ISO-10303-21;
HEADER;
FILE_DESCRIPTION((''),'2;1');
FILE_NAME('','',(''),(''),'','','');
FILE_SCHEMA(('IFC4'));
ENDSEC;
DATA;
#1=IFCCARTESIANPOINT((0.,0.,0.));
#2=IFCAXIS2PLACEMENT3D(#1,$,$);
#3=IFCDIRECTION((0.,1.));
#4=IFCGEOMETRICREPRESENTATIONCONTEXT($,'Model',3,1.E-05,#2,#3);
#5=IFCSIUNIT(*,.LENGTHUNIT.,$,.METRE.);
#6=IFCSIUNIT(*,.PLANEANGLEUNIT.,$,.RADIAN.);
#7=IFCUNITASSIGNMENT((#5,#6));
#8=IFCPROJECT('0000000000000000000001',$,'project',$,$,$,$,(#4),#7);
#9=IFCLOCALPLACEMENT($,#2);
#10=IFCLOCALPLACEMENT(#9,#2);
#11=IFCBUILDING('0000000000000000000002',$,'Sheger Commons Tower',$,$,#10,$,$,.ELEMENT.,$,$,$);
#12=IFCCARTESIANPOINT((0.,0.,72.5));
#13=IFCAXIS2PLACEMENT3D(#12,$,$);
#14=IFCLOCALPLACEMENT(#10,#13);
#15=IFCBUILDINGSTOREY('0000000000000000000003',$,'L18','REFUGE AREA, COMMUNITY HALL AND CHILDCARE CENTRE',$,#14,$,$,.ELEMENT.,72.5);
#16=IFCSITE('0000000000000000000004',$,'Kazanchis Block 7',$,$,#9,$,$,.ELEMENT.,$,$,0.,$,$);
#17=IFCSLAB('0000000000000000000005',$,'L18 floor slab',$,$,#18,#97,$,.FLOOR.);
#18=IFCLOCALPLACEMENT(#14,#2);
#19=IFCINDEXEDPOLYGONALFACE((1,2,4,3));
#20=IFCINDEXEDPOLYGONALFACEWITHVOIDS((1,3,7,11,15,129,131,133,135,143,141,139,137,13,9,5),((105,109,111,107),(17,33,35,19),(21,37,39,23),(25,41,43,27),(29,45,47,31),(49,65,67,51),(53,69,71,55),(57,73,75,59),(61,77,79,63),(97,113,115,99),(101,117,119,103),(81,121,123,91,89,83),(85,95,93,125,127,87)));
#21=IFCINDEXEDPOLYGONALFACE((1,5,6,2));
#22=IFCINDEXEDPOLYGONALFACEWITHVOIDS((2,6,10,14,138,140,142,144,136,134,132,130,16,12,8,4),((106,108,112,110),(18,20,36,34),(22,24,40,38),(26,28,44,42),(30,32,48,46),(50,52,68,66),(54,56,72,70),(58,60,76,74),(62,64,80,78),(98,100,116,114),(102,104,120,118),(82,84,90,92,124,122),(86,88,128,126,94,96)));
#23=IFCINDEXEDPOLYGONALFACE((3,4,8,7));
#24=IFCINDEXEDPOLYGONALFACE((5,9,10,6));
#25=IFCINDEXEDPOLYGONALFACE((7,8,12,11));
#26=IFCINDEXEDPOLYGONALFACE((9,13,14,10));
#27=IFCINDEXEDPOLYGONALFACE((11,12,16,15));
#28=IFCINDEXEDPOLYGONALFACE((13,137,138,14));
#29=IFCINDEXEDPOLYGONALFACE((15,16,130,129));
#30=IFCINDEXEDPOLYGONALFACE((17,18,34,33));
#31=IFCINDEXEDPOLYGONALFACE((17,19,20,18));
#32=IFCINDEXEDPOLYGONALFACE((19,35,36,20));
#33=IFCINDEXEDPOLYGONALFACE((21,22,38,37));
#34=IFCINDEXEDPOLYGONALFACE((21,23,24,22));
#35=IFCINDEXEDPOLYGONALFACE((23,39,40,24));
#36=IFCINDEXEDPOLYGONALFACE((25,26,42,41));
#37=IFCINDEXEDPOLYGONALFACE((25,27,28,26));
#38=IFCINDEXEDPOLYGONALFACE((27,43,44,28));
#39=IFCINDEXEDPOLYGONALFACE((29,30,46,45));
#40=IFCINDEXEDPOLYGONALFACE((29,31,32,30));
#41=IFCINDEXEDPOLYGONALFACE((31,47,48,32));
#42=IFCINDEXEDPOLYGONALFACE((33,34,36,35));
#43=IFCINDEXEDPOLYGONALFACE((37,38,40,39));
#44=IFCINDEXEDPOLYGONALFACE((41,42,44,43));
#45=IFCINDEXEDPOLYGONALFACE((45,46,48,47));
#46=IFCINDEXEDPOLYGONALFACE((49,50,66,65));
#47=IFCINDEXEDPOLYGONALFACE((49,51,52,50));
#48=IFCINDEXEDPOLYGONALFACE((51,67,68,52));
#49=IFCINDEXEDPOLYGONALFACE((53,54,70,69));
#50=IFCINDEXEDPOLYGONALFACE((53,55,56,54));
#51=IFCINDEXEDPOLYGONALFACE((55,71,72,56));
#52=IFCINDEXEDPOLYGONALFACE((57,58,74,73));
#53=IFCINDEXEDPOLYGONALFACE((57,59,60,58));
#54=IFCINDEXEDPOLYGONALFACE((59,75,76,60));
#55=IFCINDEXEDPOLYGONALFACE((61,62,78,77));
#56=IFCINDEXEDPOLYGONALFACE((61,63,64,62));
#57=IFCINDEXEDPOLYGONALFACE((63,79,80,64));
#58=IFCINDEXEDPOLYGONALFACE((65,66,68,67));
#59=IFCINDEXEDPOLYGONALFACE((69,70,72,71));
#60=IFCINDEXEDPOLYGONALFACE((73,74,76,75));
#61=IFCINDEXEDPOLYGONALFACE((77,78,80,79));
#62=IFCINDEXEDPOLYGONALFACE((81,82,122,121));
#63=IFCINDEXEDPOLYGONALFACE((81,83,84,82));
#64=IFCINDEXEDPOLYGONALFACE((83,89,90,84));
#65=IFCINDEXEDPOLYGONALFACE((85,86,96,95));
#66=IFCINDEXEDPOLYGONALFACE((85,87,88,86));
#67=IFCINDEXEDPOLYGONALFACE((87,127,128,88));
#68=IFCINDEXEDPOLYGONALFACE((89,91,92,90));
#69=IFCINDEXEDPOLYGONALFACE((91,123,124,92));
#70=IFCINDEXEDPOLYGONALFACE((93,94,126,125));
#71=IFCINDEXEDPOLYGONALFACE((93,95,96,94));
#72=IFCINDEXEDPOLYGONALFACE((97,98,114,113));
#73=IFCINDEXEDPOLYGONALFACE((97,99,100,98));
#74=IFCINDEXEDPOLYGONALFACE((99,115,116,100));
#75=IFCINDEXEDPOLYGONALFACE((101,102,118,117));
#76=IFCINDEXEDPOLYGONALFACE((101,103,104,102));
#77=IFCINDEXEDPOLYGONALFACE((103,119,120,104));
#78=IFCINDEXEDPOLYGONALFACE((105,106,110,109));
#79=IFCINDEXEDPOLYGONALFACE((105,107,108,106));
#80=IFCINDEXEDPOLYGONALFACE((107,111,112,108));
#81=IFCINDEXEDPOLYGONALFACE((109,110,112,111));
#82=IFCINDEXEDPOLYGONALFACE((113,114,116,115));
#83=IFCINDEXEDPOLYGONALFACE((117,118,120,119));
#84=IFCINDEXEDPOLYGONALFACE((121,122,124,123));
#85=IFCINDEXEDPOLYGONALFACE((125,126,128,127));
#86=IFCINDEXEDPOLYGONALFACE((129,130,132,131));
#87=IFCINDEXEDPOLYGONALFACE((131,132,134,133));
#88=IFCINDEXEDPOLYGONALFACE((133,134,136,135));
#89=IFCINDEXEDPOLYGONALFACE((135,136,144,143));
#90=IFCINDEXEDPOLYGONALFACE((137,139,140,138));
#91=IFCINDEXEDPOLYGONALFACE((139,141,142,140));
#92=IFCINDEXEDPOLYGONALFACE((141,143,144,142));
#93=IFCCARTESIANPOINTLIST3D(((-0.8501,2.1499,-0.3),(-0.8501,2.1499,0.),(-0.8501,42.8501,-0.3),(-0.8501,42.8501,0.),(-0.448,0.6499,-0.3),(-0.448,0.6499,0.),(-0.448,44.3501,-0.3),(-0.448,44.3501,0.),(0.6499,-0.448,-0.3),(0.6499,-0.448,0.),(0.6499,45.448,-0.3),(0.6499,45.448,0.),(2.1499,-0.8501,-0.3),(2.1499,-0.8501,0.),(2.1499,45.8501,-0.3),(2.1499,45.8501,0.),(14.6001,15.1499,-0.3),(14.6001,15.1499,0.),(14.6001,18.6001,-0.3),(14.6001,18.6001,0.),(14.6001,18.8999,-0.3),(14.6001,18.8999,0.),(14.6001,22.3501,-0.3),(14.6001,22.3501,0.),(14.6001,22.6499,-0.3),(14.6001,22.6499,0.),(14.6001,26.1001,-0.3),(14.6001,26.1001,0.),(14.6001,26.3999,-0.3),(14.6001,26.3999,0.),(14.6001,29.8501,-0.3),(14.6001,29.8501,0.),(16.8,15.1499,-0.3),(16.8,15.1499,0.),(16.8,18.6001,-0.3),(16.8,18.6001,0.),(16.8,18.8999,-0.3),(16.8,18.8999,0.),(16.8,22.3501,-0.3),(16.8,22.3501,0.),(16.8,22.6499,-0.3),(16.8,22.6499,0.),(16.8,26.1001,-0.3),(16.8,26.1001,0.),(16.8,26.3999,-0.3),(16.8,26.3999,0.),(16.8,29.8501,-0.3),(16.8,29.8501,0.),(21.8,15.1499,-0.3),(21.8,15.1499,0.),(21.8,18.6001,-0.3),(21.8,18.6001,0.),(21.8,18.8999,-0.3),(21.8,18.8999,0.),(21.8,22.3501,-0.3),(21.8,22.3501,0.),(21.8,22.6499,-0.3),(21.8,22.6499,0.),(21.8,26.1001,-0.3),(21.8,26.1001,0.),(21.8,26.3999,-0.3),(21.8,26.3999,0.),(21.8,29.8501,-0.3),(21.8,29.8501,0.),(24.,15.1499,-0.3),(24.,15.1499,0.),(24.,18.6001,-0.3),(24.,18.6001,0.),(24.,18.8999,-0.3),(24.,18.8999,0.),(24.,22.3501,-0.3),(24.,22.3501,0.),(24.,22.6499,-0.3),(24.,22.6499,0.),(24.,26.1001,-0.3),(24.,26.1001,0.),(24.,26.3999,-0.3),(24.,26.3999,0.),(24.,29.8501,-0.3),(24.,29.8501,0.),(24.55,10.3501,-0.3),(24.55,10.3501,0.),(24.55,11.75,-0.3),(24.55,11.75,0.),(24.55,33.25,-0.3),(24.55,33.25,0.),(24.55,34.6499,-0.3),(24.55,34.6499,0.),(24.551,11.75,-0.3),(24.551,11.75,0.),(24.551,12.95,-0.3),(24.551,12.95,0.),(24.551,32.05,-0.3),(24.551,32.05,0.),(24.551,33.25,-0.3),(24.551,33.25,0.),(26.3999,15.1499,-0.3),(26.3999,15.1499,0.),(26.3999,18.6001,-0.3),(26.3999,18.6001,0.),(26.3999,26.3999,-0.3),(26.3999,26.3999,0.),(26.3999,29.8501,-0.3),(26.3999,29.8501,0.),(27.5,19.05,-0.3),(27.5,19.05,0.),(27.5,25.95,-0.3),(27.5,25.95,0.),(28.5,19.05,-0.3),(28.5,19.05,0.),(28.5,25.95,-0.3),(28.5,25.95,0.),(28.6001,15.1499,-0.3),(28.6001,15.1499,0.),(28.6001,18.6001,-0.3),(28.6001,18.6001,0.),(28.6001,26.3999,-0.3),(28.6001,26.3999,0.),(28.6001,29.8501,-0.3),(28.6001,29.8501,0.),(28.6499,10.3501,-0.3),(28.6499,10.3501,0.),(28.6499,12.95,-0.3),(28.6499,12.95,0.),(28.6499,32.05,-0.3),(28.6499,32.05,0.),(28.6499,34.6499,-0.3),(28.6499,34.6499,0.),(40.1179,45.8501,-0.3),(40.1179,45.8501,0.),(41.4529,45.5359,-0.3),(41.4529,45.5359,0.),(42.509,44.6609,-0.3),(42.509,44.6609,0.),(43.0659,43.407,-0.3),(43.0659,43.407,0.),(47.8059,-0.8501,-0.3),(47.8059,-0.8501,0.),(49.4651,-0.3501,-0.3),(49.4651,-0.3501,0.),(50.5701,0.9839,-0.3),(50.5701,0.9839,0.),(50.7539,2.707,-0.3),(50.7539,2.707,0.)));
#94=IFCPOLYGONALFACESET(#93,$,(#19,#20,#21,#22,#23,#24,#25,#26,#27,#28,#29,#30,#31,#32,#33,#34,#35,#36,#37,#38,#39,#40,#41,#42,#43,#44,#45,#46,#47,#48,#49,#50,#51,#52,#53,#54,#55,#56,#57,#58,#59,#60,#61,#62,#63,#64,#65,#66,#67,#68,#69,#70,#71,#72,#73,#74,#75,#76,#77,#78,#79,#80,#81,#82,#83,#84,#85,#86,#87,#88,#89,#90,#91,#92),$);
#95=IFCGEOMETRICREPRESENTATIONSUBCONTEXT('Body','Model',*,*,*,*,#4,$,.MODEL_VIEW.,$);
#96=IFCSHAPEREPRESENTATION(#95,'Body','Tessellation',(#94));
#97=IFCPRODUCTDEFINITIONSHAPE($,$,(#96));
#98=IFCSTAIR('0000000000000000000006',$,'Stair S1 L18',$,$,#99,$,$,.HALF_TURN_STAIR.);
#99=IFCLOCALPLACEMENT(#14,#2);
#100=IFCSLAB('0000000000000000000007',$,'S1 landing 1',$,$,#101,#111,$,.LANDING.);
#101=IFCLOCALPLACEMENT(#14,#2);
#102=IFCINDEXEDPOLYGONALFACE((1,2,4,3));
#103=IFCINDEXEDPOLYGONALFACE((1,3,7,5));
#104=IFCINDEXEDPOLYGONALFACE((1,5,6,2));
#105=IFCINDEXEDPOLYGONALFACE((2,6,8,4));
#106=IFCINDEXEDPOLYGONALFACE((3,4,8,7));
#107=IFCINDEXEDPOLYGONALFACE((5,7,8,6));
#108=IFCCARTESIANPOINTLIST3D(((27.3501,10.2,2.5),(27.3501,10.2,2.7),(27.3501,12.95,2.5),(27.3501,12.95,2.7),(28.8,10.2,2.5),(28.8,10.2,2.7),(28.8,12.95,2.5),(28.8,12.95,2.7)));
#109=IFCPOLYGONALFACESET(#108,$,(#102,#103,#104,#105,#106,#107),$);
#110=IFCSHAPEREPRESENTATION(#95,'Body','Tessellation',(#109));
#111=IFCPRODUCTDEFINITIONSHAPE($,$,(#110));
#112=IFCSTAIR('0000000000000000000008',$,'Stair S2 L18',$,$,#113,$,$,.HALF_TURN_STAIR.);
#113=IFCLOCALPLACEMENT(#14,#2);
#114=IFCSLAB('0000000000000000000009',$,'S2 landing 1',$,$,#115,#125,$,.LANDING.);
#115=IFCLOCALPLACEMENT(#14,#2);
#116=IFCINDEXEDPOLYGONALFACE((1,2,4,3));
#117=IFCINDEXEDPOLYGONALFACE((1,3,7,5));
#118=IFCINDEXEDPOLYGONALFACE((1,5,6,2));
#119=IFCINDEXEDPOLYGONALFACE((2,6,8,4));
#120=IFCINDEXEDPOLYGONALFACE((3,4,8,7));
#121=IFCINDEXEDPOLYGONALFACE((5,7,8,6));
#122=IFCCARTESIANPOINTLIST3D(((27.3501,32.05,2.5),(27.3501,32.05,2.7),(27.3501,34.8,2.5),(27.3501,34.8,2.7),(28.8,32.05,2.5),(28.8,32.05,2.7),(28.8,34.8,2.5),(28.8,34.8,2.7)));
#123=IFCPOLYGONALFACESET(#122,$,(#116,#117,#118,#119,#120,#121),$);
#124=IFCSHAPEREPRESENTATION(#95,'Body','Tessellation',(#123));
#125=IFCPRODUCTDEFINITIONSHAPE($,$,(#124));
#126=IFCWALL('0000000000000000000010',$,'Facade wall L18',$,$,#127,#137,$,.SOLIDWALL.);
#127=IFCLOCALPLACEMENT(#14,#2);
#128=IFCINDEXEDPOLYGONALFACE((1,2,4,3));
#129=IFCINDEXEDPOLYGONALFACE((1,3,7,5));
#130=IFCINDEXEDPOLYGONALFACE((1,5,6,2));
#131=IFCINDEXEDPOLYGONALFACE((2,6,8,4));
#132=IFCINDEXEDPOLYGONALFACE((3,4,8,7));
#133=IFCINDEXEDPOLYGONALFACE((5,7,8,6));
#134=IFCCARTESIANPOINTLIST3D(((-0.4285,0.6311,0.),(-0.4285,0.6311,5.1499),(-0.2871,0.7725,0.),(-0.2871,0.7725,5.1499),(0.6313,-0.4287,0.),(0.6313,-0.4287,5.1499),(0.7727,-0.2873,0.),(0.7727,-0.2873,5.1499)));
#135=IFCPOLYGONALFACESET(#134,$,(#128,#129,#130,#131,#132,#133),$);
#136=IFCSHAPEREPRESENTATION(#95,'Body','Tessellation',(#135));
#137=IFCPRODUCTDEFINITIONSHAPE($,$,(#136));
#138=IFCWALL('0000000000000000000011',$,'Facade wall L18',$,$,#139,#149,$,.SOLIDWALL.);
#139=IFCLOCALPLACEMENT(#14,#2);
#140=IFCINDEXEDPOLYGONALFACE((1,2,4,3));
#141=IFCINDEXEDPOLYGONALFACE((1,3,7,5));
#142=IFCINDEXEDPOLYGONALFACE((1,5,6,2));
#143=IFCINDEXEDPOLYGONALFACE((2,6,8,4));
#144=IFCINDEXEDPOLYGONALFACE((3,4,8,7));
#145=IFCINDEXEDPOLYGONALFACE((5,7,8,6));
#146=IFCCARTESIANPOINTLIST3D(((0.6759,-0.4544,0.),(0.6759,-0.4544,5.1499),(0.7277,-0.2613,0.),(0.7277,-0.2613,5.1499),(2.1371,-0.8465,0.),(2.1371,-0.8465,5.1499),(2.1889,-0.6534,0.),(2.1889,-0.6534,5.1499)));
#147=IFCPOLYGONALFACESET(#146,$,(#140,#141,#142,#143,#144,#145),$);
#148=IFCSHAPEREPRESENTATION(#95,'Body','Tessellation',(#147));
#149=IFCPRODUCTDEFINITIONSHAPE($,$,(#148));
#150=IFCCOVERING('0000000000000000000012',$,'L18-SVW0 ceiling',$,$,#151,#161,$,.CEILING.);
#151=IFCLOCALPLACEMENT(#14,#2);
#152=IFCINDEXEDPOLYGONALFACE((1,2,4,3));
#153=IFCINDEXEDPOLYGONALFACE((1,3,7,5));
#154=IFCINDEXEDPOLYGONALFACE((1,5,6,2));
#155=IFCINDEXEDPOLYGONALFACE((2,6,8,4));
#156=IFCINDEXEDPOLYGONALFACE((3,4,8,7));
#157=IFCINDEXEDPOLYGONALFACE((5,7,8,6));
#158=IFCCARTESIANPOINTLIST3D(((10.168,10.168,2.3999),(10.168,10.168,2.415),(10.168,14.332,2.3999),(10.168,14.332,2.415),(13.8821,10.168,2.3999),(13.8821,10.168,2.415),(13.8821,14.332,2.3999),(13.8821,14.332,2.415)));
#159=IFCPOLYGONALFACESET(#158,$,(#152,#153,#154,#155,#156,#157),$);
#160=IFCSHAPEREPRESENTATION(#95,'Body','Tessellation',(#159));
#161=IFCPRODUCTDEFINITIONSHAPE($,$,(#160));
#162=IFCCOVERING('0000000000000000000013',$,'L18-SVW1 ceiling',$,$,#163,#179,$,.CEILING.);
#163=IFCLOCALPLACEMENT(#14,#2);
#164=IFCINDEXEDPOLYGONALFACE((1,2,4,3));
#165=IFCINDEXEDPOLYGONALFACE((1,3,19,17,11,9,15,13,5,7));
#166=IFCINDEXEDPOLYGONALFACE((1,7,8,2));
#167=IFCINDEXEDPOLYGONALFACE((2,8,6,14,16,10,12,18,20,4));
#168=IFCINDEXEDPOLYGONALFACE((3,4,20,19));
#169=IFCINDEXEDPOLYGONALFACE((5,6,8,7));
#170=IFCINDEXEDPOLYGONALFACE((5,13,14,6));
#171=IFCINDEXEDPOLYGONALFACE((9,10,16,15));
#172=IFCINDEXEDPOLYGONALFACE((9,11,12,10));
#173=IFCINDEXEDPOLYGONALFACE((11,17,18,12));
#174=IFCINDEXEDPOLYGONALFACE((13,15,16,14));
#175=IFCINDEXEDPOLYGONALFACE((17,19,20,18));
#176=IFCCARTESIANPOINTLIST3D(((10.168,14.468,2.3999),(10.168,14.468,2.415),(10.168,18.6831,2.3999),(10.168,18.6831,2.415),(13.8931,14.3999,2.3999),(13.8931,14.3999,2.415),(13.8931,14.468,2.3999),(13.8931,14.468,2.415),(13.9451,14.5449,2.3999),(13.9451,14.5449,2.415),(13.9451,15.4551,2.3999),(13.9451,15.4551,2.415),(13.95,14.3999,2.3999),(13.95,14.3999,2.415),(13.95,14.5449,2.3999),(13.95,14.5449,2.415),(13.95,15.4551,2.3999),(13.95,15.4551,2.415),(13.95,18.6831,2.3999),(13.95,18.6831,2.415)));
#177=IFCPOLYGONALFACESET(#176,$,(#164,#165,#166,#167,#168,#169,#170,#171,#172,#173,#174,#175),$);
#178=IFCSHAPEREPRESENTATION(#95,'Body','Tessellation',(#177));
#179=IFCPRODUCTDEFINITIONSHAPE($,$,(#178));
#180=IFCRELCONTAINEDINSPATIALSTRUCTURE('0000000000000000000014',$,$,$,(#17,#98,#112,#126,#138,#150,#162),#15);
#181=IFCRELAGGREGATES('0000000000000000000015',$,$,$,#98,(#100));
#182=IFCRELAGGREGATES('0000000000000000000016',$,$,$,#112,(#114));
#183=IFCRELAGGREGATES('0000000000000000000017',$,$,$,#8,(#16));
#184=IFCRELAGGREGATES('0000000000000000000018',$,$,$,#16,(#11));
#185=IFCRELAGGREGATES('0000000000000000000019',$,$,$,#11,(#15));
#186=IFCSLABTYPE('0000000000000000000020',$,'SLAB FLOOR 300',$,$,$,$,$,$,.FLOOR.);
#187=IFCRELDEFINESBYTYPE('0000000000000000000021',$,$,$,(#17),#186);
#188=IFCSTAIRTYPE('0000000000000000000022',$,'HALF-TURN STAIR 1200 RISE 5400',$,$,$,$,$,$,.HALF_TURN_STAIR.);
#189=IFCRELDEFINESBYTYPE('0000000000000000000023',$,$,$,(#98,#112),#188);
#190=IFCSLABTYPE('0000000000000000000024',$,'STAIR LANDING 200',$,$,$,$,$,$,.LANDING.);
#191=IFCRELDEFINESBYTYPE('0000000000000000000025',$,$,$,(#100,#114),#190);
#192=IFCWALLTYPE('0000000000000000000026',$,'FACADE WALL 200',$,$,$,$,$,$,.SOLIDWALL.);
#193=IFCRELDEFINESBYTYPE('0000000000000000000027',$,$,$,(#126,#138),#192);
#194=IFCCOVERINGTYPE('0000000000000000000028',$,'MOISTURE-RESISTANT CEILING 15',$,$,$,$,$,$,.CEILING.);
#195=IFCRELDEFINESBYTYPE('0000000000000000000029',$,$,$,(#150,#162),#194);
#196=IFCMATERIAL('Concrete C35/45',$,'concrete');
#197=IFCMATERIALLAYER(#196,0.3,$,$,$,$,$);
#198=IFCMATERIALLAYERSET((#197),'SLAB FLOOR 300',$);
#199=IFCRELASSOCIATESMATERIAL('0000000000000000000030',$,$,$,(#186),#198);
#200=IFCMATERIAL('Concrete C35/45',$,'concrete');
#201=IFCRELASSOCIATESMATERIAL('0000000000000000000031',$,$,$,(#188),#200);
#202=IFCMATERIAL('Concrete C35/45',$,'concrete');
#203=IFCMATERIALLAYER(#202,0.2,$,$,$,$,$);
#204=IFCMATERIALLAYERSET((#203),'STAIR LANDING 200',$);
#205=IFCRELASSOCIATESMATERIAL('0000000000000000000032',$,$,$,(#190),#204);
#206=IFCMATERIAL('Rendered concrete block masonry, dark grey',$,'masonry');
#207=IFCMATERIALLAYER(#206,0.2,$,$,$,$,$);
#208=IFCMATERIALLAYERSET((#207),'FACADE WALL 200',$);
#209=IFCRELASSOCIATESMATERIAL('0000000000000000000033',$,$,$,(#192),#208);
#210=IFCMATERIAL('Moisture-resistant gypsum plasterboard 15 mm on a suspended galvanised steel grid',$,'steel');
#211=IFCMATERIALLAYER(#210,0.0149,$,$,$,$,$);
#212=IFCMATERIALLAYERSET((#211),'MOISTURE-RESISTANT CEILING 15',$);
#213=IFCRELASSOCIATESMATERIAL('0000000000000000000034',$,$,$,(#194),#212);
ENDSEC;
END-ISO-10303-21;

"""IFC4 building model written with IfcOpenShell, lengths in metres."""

from ifc_helpers import new_model, si_unit, direction, frame, frame_2d, origin, place, context, subcontext, project, spatial, polyline, rectangle, outline, extrude, material, layer, layer_set, type_object, element, aggregate, save


model = new_model("IFC4")

# Units and contexts
model_context = context("Model", 3, precision=1e-05, world=origin(), true_north=direction((0.0, 1.0)))
body_context = subcontext(model_context, "Body", "Model", "MODEL_VIEW")
ifc_project = project(units=[si_unit("LENGTHUNIT", "METRE"), si_unit("PLANEANGLEUNIT", "RADIAN")], contexts=[model_context])

# Site, building, storey
site_placement = place(None, origin())
site = spatial("IfcSite", under=ifc_project, at=site_placement, Name="Kazanchis Block 7", CompositionType="ELEMENT", RefElevation=0.0)
building_placement = place(site_placement, origin())
building = spatial("IfcBuilding", under=site, at=building_placement, Name="Sheger Commons Tower", CompositionType="ELEMENT")
storey_placement = place(building_placement, frame((0.0, 0.0, 72.5)))
storey = spatial("IfcBuildingStorey", under=building, at=storey_placement, Name="L18", Description="REFUGE AREA, COMMUNITY HALL AND CHILDCARE CENTRE", CompositionType="ELEMENT", Elevation=72.5)

# Slab
ifc_material_1 = material(Name="Concrete C35/45", Category="concrete")
ifc_layer_1 = layer(ifc_material_1, 0.3)
ifc_layer_set_1 = layer_set([ifc_layer_1], Name="SLAB FLOOR 300")
slab_type_1 = type_object("IfcSlabType", Name="SLAB FLOOR 300", PredefinedType="FLOOR", material=ifc_layer_set_1)
slab_1_placement = place(storey_placement, frame((0.0, 0.0, -0.3)))
element("IfcSlab", 1, at=slab_1_placement, inside=storey, type_object=slab_type_1, Name="L18 floor slab", PredefinedType="FLOOR", context=body_context, shape_type="SweptSolid", body=[
    extrude(outline(polyline([(-0.8501, 2.1499), (-0.448, 0.6499), (0.6499, -0.448), (2.1499, -0.8501), (47.8059, -0.8501), (49.4651, -0.3501), (50.5701, 0.9839), (50.7539, 2.707), (43.0659, 43.407), (42.509, 44.6609), (41.4529, 45.5359), (40.1179, 45.8501), (2.1499, 45.8501), (0.6499, 45.448), (-0.448, 44.3501), (-0.8501, 42.8501), (-0.8501, 2.1499)]), holes=[polyline([(24.55, 10.3501), (28.6499, 10.3501), (28.6499, 12.95), (24.551, 12.95), (24.551, 11.75), (24.55, 11.75), (24.55, 10.3501)]), polyline([(24.551, 32.05), (28.6499, 32.05), (28.6499, 34.6499), (24.55, 34.6499), (24.55, 33.25), (24.551, 33.25), (24.551, 32.05)]), polyline([(26.3999, 15.1499), (28.6001, 15.1499), (28.6001, 18.6001), (26.3999, 18.6001), (26.3999, 15.1499)]), polyline([(26.3999, 26.3999), (28.6001, 26.3999), (28.6001, 29.8501), (26.3999, 29.8501), (26.3999, 26.3999)]), polyline([(14.6001, 15.1499), (16.8, 15.1499), (16.8, 18.6001), (14.6001, 18.6001), (14.6001, 15.1499)]), polyline([(14.6001, 18.8999), (16.8, 18.8999), (16.8, 22.3501), (14.6001, 22.3501), (14.6001, 18.8999)]), polyline([(14.6001, 22.6499), (16.8, 22.6499), (16.8, 26.1001), (14.6001, 26.1001), (14.6001, 22.6499)]), polyline([(14.6001, 26.3999), (16.8, 26.3999), (16.8, 29.8501), (14.6001, 29.8501), (14.6001, 26.3999)]), polyline([(21.8, 15.1499), (24.0, 15.1499), (24.0, 18.6001), (21.8, 18.6001), (21.8, 15.1499)]), polyline([(21.8, 18.8999), (24.0, 18.8999), (24.0, 22.3501), (21.8, 22.3501), (21.8, 18.8999)]), polyline([(21.8, 22.6499), (24.0, 22.6499), (24.0, 26.1001), (21.8, 26.1001), (21.8, 22.6499)]), polyline([(21.8, 26.3999), (24.0, 26.3999), (24.0, 29.8501), (21.8, 29.8501), (21.8, 26.3999)]), polyline([(27.5, 19.05), (28.5, 19.05), (28.5, 25.95), (27.5, 25.95), (27.5, 19.05)])]), origin(), (0.0, 0.0, 1.0), 0.3),
])

# Stairs, slabs
ifc_material_2 = material(Name="Concrete C35/45", Category="concrete")
stair_type = type_object("IfcStairType", Name="HALF-TURN STAIR 1200 RISE 5400", PredefinedType="HALF_TURN_STAIR", material=ifc_material_2)
stair_1_placement = place(storey_placement, origin())
stair_1 = element("IfcStair", 2, at=stair_1_placement, inside=storey, type_object=stair_type, Name="Stair S1 L18", PredefinedType="HALF_TURN_STAIR")
ifc_material_3 = material(Name="Concrete C35/45", Category="concrete")
ifc_layer_2 = layer(ifc_material_3, 0.2)
ifc_layer_set_2 = layer_set([ifc_layer_2], Name="STAIR LANDING 200")
slab_type_2 = type_object("IfcSlabType", Name="STAIR LANDING 200", PredefinedType="LANDING", material=ifc_layer_set_2)
slab_2_placement = place(storey_placement, frame((0.0, 0.0, 2.5)))
slab_2 = element("IfcSlab", 3, at=slab_2_placement, type_object=slab_type_2, Name="S1 landing 1", PredefinedType="LANDING", context=body_context, shape_type="SweptSolid", body=[
    extrude(outline(polyline([(27.3501, 10.2), (28.8, 10.2), (28.8, 12.95), (27.3501, 12.95), (27.3501, 10.2)])), origin(), (0.0, 0.0, 1.0), 0.2),
])
aggregate(stair_1, [slab_2])
stair_2_placement = place(storey_placement, origin())
stair_2 = element("IfcStair", 4, at=stair_2_placement, inside=storey, type_object=stair_type, Name="Stair S2 L18", PredefinedType="HALF_TURN_STAIR")
slab_3_placement = place(storey_placement, frame((0.0, 0.0, 2.5)))
slab_3 = element("IfcSlab", 5, at=slab_3_placement, type_object=slab_type_2, Name="S2 landing 1", PredefinedType="LANDING", context=body_context, shape_type="SweptSolid", body=[
    extrude(outline(polyline([(27.3501, 32.05), (28.8, 32.05), (28.8, 34.8), (27.3501, 34.8), (27.3501, 32.05)])), origin(), (0.0, 0.0, 1.0), 0.2),
])
aggregate(stair_2, [slab_3])

# Walls
ifc_material_4 = material(Name="Rendered concrete block masonry, dark grey", Category="masonry")
ifc_layer_3 = layer(ifc_material_4, 0.2)
ifc_layer_set_3 = layer_set([ifc_layer_3], Name="FACADE WALL 200")
wall_type = type_object("IfcWallType", Name="FACADE WALL 200", PredefinedType="SOLIDWALL", material=ifc_layer_set_3)
wall_1_placement = place(storey_placement, frame((-0.3579, 0.7019, 0.0), z_axis=(0.0, 0.0, 1.0), x_axis=(0.707107, -0.707107, 0.0)))
element("IfcWall", 6, at=wall_1_placement, inside=storey, type_object=wall_type, Name="Facade wall L18", PredefinedType="SOLIDWALL", context=body_context, shape_type="SweptSolid", body=[
    extrude(rectangle(XDim=1.4988, YDim=0.2, at=frame_2d((0.7495, 0.0))), origin(), (0.0, 0.0, 1.0), 5.1499),
])
wall_2_placement = place(storey_placement, frame((0.7019, -0.3579, 0.0), z_axis=(0.0, 0.0, 1.0), x_axis=(0.965832, -0.259169, 0.0)))
element("IfcWall", 7, at=wall_2_placement, inside=storey, type_object=wall_type, Name="Facade wall L18", PredefinedType="SOLIDWALL", context=body_context, shape_type="SweptSolid", body=[
    extrude(rectangle(XDim=1.5129, YDim=0.2, at=frame_2d((0.7563, 0.0))), origin(), (0.0, 0.0, 1.0), 5.1499),
])

# Coverings
ifc_material_5 = material(Name="Moisture-resistant gypsum plasterboard 15 mm on a suspended galvanised steel grid", Category="steel")
ifc_layer_4 = layer(ifc_material_5, 0.0149)
ifc_layer_set_4 = layer_set([ifc_layer_4], Name="MOISTURE-RESISTANT CEILING 15")
covering_type_1 = type_object("IfcCoveringType", Name="MOISTURE-RESISTANT CEILING 15", PredefinedType="CEILING", material=ifc_layer_set_4)
covering_1_placement = place(storey_placement, frame((0.0, 0.0, 2.3999)))
element("IfcCovering", 8, at=covering_1_placement, inside=storey, type_object=covering_type_1, Name="L18-SVW0 ceiling", PredefinedType="CEILING", context=body_context, shape_type="SweptSolid", body=[
    extrude(outline(polyline([(10.168, 10.168), (13.8821, 10.168), (13.8821, 14.332), (10.168, 14.332), (10.168, 10.168)])), origin(), (0.0, 0.0, 1.0), 0.0151),
])
covering_2_placement = place(storey_placement, frame((0.0, 0.0, 2.3999)))
element("IfcCovering", 9, at=covering_2_placement, inside=storey, type_object=covering_type_1, Name="L18-SVW1 ceiling", PredefinedType="CEILING", context=body_context, shape_type="SweptSolid", body=[
    extrude(outline(polyline([(13.8931, 14.3999), (13.95, 14.3999), (13.95, 14.5449), (13.9451, 14.5449), (13.9451, 15.4551), (13.95, 15.4551), (13.95, 18.6831), (10.168, 18.6831), (10.168, 14.468), (13.8931, 14.468), (13.8931, 14.3999)])), origin(), (0.0, 0.0, 1.0), 0.0151),
])

save(model, "model.ifc")
